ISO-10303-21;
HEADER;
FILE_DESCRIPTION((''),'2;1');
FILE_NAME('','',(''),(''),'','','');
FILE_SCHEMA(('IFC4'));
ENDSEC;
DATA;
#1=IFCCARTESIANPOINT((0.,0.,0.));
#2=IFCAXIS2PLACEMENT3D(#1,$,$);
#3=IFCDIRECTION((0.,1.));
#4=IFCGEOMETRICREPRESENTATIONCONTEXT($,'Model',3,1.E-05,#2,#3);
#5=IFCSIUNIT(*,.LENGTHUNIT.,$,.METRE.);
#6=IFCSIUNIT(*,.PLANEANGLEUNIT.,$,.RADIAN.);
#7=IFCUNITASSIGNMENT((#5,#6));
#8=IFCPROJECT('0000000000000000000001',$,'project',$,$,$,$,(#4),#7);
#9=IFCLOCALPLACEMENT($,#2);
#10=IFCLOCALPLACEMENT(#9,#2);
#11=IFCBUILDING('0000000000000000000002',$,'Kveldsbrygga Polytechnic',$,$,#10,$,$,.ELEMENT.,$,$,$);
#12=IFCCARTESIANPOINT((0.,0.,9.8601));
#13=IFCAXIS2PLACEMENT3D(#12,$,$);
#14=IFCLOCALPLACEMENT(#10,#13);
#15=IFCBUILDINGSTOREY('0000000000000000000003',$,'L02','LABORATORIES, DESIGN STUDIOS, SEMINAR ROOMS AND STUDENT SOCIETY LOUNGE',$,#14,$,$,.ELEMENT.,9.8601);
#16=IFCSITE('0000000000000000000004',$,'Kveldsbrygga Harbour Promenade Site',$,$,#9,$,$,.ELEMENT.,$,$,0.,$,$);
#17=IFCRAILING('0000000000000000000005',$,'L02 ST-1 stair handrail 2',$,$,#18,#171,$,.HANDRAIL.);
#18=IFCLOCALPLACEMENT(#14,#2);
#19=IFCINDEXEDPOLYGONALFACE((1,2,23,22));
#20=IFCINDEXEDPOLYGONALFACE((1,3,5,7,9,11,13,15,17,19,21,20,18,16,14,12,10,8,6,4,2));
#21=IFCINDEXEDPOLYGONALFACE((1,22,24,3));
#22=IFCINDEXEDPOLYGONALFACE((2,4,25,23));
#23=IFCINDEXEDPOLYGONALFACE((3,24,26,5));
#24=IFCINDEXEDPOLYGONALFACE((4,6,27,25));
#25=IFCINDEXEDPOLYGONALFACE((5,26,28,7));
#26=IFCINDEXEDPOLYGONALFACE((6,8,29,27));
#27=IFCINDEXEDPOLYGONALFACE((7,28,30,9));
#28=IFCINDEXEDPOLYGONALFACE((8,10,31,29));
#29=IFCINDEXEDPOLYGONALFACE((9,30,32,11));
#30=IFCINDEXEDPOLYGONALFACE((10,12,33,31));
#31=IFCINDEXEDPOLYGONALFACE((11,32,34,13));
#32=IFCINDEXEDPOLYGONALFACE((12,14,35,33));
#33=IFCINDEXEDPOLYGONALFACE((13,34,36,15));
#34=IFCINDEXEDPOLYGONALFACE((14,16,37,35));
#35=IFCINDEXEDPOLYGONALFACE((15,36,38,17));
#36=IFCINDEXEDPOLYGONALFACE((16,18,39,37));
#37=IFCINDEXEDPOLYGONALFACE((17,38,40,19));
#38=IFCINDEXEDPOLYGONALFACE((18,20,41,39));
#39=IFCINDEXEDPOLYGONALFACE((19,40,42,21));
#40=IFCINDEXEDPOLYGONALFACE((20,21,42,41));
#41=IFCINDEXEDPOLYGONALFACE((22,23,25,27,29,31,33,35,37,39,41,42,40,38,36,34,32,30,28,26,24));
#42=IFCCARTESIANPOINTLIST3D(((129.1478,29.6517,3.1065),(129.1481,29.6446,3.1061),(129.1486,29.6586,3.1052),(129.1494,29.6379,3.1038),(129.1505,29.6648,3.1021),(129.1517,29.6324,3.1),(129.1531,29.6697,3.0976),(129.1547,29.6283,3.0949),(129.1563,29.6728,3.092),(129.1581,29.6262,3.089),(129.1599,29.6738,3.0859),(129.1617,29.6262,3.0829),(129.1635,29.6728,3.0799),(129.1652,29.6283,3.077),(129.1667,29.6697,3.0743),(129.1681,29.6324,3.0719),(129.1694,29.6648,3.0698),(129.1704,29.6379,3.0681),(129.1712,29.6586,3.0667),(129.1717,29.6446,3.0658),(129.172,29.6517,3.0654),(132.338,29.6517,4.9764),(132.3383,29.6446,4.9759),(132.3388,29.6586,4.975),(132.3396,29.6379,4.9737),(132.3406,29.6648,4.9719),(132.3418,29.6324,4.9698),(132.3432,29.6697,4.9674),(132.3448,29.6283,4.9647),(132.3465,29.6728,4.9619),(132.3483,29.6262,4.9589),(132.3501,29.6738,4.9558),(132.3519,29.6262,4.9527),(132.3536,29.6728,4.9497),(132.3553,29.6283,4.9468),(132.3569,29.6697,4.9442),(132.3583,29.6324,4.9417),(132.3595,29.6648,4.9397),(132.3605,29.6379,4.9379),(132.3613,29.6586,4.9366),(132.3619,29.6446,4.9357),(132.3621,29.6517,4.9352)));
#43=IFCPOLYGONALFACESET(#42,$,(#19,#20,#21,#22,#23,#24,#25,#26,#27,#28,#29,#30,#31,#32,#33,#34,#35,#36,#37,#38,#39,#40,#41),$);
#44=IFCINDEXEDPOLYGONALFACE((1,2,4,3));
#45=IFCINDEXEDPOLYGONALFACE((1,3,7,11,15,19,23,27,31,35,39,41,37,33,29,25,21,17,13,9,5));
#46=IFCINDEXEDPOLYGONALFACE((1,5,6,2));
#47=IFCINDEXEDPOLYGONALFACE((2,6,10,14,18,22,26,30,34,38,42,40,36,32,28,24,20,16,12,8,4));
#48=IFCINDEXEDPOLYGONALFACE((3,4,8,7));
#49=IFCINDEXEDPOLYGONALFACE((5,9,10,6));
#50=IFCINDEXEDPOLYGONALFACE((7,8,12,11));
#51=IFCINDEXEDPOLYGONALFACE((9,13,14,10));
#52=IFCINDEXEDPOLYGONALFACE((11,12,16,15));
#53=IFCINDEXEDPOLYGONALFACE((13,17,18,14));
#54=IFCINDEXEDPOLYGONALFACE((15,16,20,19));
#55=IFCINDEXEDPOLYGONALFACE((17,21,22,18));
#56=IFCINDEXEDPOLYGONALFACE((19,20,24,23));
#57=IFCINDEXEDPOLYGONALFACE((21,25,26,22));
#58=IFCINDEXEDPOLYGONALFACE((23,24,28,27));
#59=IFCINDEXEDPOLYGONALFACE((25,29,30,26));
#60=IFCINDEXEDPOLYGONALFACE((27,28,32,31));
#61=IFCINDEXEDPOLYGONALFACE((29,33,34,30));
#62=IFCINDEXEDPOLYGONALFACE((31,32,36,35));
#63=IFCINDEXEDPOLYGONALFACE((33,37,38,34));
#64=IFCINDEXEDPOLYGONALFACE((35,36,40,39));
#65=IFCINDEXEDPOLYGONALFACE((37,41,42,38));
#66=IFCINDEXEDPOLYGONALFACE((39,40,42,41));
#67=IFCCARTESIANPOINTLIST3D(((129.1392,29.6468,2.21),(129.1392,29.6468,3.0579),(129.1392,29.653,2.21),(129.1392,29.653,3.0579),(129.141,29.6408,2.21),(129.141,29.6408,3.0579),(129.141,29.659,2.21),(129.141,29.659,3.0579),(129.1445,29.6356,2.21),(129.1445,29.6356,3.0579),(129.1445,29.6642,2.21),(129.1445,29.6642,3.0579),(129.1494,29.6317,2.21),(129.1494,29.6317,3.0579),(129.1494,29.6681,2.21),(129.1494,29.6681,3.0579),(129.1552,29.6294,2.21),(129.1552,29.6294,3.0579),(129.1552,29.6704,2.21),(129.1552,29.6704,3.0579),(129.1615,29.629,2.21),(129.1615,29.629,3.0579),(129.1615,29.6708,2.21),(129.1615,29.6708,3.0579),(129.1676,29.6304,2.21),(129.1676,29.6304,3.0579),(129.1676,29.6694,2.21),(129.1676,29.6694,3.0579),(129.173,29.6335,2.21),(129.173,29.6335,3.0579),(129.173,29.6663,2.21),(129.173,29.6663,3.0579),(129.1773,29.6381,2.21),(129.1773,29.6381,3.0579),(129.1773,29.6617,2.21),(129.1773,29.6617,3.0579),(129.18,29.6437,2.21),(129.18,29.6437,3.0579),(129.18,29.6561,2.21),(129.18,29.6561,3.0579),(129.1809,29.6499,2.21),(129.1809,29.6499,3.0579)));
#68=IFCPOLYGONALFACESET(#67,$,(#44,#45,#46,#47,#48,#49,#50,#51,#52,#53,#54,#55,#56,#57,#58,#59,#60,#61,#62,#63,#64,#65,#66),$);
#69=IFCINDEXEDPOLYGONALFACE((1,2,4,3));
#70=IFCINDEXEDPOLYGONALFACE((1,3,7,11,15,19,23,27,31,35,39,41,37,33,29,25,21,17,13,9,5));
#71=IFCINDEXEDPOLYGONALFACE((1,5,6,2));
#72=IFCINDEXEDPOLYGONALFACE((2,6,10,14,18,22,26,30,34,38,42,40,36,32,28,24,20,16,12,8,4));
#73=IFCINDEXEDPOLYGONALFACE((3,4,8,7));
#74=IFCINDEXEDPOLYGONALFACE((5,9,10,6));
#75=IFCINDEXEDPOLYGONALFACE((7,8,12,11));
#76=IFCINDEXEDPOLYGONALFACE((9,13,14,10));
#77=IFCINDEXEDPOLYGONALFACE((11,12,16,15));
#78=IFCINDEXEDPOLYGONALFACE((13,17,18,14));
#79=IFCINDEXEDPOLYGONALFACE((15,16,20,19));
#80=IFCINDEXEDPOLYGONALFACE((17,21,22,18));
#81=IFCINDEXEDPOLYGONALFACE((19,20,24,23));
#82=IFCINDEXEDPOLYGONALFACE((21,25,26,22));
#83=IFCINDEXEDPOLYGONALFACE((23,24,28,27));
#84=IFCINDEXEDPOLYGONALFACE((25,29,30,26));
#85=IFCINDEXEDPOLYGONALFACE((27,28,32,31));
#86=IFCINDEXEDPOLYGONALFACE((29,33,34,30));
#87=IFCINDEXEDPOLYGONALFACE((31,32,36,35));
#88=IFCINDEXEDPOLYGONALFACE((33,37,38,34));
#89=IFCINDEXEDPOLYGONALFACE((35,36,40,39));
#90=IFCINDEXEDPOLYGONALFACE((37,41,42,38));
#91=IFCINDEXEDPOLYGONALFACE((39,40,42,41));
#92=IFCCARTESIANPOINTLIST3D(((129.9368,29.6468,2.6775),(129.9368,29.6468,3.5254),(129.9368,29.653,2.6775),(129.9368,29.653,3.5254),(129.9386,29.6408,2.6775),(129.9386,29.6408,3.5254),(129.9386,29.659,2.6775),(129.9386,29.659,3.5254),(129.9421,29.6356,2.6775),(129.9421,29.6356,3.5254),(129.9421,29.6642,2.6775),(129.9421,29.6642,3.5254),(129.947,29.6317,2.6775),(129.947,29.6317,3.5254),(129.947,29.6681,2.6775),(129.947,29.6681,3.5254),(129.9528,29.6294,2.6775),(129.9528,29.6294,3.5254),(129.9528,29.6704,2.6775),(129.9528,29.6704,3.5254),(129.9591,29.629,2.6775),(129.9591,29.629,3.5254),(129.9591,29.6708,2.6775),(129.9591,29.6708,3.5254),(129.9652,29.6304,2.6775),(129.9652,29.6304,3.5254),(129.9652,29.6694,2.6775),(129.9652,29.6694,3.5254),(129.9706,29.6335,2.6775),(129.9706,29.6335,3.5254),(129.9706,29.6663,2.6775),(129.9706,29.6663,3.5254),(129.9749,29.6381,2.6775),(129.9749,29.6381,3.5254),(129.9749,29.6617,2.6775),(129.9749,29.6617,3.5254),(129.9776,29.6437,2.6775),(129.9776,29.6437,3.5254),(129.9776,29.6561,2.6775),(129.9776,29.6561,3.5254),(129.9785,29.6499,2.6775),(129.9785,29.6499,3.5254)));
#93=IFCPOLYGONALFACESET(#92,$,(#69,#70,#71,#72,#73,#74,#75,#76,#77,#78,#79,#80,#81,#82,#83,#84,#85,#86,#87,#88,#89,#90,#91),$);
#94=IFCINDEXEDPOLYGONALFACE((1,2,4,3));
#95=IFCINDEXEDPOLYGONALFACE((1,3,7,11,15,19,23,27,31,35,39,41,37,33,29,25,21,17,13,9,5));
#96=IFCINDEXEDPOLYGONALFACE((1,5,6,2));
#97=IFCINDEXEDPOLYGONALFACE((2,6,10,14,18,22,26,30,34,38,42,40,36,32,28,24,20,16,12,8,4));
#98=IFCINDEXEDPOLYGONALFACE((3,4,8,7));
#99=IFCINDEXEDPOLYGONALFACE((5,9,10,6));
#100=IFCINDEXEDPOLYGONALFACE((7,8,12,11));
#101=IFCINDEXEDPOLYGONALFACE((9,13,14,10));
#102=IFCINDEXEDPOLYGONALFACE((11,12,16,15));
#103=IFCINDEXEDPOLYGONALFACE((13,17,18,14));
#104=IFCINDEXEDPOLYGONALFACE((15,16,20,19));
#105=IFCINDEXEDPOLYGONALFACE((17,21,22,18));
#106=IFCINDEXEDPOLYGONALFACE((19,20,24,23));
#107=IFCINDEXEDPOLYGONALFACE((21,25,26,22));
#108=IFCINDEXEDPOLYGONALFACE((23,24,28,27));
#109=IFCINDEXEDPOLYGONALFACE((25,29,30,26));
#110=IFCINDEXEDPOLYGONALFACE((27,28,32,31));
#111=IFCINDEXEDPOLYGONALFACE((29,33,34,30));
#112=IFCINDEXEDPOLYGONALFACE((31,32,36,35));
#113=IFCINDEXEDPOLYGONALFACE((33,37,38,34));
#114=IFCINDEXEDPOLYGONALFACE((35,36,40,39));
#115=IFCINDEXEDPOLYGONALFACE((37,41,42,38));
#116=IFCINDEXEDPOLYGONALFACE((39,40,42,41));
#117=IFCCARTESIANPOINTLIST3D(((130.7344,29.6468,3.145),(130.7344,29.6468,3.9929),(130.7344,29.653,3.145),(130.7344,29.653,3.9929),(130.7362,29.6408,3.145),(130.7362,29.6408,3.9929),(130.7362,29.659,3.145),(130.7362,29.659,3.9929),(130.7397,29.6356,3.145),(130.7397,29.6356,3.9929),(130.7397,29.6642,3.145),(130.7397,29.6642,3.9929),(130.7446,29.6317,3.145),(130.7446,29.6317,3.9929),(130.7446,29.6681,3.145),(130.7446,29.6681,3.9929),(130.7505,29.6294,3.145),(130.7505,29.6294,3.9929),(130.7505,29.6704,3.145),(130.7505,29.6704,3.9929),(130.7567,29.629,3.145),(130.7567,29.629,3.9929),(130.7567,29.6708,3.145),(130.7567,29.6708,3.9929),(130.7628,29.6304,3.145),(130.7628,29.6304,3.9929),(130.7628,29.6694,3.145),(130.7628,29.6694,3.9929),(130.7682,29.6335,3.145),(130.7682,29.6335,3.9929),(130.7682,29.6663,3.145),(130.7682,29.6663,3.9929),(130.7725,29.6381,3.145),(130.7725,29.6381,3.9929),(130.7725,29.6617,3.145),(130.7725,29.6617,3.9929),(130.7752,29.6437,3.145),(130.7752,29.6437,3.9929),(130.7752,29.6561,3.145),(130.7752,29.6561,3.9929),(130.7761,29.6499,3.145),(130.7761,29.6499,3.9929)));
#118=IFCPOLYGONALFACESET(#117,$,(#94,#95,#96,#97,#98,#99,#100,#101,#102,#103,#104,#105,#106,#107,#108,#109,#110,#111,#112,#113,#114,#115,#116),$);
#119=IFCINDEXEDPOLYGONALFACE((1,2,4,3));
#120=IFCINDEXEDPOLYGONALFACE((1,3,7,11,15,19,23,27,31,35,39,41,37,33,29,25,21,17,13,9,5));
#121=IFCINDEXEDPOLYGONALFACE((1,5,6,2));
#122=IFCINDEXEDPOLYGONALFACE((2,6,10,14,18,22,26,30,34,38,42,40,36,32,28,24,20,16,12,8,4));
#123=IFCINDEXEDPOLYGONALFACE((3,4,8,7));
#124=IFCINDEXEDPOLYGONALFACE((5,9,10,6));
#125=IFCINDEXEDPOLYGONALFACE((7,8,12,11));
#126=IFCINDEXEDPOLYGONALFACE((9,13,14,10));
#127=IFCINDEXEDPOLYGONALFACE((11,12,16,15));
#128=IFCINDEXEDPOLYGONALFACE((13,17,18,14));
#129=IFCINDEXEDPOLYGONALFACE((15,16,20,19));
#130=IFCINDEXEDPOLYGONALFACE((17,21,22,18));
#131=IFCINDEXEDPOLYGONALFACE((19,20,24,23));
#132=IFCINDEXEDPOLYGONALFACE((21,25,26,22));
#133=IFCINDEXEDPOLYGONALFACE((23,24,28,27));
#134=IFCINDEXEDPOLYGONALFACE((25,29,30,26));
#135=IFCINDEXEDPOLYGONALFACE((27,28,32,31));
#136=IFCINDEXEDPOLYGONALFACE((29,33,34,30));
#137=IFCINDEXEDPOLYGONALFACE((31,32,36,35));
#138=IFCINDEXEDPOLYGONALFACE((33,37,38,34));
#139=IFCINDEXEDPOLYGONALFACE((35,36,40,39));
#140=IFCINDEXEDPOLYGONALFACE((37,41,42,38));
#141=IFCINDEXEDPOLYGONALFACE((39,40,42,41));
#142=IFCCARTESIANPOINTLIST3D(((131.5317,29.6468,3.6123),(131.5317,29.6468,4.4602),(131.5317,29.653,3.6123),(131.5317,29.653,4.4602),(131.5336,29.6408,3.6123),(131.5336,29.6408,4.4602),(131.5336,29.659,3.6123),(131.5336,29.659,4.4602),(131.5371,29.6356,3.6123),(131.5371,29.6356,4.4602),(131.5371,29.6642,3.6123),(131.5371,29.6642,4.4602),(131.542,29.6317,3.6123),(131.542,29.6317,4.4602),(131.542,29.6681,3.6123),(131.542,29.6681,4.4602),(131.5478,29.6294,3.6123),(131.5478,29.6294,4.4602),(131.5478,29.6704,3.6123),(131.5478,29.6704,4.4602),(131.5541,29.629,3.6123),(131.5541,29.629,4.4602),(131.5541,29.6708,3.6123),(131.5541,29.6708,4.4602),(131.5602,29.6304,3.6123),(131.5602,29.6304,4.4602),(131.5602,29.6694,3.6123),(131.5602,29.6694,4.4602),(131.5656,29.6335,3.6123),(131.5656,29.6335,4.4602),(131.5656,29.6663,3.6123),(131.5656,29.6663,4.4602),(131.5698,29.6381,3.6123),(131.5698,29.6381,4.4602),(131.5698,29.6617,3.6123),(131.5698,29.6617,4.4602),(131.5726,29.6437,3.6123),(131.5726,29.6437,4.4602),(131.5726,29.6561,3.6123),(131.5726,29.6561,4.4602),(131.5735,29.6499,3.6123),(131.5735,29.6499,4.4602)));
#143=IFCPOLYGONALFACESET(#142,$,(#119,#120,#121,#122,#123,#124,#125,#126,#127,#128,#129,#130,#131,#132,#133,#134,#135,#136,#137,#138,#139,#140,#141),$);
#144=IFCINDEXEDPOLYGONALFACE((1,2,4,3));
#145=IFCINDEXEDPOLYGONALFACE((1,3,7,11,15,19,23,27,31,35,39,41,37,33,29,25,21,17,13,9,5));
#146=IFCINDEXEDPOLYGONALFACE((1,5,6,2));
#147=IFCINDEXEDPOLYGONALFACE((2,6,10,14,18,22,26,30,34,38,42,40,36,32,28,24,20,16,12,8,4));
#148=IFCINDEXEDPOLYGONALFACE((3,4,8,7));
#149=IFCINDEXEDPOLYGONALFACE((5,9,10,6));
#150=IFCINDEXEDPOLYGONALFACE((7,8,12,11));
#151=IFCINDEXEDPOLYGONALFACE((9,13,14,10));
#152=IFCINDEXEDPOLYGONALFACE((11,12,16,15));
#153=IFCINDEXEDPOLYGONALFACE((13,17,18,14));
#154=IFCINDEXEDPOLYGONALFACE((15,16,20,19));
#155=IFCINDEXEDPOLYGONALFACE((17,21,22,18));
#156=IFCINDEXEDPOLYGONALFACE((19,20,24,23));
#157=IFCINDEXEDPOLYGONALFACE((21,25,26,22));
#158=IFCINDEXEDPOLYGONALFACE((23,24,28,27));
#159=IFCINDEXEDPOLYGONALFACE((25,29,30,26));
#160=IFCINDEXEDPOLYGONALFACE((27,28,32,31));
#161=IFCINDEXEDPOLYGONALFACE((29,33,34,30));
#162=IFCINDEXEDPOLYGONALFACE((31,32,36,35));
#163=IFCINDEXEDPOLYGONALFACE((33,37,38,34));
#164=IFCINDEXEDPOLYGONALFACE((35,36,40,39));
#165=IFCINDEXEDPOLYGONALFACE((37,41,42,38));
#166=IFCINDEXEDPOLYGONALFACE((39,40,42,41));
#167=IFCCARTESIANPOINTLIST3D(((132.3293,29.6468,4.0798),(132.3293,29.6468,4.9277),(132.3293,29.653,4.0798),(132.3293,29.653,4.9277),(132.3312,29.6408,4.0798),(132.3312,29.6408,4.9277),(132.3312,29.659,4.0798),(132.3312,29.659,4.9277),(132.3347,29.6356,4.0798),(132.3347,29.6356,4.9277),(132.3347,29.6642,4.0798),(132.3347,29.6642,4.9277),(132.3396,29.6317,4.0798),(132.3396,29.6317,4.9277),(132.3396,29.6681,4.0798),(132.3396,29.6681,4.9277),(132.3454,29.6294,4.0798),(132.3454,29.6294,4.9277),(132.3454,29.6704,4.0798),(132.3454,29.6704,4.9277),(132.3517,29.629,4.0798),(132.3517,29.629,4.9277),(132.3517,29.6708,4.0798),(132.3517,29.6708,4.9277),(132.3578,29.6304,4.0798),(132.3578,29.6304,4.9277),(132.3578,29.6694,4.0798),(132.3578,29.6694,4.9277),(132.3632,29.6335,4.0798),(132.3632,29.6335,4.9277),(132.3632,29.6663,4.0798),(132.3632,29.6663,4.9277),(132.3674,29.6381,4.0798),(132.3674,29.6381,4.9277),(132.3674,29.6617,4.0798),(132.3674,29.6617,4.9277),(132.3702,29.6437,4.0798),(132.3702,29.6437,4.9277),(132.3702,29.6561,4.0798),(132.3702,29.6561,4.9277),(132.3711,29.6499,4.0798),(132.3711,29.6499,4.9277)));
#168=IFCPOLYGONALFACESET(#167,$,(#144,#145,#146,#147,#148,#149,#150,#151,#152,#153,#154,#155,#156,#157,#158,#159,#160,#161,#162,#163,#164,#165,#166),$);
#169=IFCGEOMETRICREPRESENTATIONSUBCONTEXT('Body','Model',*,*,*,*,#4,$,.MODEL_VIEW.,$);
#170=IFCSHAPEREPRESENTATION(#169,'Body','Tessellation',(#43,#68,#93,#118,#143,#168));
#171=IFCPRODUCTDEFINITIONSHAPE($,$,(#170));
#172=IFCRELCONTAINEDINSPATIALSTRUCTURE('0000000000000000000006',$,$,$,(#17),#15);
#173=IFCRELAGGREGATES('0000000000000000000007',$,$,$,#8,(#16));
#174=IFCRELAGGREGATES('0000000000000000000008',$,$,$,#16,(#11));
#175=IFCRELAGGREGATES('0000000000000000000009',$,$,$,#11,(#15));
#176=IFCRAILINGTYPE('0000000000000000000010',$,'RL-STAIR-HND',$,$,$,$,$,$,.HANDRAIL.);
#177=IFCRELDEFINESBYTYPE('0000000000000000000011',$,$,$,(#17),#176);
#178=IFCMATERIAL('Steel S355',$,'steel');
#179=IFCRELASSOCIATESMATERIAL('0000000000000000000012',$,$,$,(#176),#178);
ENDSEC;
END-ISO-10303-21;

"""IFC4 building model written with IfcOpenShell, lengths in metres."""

from ifc_helpers import new_model, si_unit, direction, frame, origin, origin_2d, place, context, subcontext, project, spatial, circle, extrude, material, type_object, element, save


model = new_model("IFC4")

# Units and contexts
model_context = context("Model", 3, precision=1e-05, world=origin(), true_north=direction((0.0, 1.0)))
body_context = subcontext(model_context, "Body", "Model", "MODEL_VIEW")
ifc_project = project(units=[si_unit("LENGTHUNIT", "METRE"), si_unit("PLANEANGLEUNIT", "RADIAN")], contexts=[model_context])

# Site, building, storey
site_placement = place(None, origin())
site = spatial("IfcSite", under=ifc_project, at=site_placement, Name="Kveldsbrygga Harbour Promenade Site", CompositionType="ELEMENT", RefElevation=0.0)
building_placement = place(site_placement, origin())
building = spatial("IfcBuilding", under=site, at=building_placement, Name="Kveldsbrygga Polytechnic", CompositionType="ELEMENT")
storey_placement = place(building_placement, frame((0.0, 0.0, 9.8601)))
storey = spatial("IfcBuildingStorey", under=building, at=storey_placement, Name="L02", Description="LABORATORIES, DESIGN STUDIOS, SEMINAR ROOMS AND STUDENT SOCIETY LOUNGE", CompositionType="ELEMENT", Elevation=9.8601)

# Railing
ifc_material_1 = material(Name="Steel S355", Category="steel")
railing_type_1 = type_object("IfcRailingType", Name="RL-STAIR-HND", PredefinedType="HANDRAIL", material=ifc_material_1)
railing_1_placement = place(storey_placement, frame((129.1599, 29.6499, 2.21)))
element("IfcRailing", 1, at=railing_1_placement, inside=storey, type_object=railing_type_1, Name="L02 ST-1 stair handrail 2", PredefinedType="HANDRAIL", context=body_context, shape_type="SweptSolid", body=[
    extrude(circle(Radius=0.0239, at=origin_2d()), frame((0.0, 0.0, 0.876), z_axis=(0.862726, 0.0, 0.505672), x_axis=(0.0, 1.0, 0.0)), (0.0, 0.0, 1.0), 3.6978),
    extrude(circle(Radius=0.021, at=origin_2d()), origin(), (0.0, 0.0, 1.0), 0.8479),
    extrude(circle(Radius=0.021, at=origin_2d()), frame((0.7976, 0.0, 0.4675)), (0.0, 0.0, 1.0), 0.8479),
    extrude(circle(Radius=0.021, at=origin_2d()), frame((1.5952, 0.0, 0.9351)), (0.0, 0.0, 1.0), 0.8479),
    extrude(circle(Radius=0.021, at=origin_2d()), frame((2.3926, 0.0, 1.4023)), (0.0, 0.0, 1.0), 0.8479),
    extrude(circle(Radius=0.021, at=origin_2d()), frame((3.1902, 0.0, 1.8699)), (0.0, 0.0, 1.0), 0.8479),
])

save(model, "model.ifc")
